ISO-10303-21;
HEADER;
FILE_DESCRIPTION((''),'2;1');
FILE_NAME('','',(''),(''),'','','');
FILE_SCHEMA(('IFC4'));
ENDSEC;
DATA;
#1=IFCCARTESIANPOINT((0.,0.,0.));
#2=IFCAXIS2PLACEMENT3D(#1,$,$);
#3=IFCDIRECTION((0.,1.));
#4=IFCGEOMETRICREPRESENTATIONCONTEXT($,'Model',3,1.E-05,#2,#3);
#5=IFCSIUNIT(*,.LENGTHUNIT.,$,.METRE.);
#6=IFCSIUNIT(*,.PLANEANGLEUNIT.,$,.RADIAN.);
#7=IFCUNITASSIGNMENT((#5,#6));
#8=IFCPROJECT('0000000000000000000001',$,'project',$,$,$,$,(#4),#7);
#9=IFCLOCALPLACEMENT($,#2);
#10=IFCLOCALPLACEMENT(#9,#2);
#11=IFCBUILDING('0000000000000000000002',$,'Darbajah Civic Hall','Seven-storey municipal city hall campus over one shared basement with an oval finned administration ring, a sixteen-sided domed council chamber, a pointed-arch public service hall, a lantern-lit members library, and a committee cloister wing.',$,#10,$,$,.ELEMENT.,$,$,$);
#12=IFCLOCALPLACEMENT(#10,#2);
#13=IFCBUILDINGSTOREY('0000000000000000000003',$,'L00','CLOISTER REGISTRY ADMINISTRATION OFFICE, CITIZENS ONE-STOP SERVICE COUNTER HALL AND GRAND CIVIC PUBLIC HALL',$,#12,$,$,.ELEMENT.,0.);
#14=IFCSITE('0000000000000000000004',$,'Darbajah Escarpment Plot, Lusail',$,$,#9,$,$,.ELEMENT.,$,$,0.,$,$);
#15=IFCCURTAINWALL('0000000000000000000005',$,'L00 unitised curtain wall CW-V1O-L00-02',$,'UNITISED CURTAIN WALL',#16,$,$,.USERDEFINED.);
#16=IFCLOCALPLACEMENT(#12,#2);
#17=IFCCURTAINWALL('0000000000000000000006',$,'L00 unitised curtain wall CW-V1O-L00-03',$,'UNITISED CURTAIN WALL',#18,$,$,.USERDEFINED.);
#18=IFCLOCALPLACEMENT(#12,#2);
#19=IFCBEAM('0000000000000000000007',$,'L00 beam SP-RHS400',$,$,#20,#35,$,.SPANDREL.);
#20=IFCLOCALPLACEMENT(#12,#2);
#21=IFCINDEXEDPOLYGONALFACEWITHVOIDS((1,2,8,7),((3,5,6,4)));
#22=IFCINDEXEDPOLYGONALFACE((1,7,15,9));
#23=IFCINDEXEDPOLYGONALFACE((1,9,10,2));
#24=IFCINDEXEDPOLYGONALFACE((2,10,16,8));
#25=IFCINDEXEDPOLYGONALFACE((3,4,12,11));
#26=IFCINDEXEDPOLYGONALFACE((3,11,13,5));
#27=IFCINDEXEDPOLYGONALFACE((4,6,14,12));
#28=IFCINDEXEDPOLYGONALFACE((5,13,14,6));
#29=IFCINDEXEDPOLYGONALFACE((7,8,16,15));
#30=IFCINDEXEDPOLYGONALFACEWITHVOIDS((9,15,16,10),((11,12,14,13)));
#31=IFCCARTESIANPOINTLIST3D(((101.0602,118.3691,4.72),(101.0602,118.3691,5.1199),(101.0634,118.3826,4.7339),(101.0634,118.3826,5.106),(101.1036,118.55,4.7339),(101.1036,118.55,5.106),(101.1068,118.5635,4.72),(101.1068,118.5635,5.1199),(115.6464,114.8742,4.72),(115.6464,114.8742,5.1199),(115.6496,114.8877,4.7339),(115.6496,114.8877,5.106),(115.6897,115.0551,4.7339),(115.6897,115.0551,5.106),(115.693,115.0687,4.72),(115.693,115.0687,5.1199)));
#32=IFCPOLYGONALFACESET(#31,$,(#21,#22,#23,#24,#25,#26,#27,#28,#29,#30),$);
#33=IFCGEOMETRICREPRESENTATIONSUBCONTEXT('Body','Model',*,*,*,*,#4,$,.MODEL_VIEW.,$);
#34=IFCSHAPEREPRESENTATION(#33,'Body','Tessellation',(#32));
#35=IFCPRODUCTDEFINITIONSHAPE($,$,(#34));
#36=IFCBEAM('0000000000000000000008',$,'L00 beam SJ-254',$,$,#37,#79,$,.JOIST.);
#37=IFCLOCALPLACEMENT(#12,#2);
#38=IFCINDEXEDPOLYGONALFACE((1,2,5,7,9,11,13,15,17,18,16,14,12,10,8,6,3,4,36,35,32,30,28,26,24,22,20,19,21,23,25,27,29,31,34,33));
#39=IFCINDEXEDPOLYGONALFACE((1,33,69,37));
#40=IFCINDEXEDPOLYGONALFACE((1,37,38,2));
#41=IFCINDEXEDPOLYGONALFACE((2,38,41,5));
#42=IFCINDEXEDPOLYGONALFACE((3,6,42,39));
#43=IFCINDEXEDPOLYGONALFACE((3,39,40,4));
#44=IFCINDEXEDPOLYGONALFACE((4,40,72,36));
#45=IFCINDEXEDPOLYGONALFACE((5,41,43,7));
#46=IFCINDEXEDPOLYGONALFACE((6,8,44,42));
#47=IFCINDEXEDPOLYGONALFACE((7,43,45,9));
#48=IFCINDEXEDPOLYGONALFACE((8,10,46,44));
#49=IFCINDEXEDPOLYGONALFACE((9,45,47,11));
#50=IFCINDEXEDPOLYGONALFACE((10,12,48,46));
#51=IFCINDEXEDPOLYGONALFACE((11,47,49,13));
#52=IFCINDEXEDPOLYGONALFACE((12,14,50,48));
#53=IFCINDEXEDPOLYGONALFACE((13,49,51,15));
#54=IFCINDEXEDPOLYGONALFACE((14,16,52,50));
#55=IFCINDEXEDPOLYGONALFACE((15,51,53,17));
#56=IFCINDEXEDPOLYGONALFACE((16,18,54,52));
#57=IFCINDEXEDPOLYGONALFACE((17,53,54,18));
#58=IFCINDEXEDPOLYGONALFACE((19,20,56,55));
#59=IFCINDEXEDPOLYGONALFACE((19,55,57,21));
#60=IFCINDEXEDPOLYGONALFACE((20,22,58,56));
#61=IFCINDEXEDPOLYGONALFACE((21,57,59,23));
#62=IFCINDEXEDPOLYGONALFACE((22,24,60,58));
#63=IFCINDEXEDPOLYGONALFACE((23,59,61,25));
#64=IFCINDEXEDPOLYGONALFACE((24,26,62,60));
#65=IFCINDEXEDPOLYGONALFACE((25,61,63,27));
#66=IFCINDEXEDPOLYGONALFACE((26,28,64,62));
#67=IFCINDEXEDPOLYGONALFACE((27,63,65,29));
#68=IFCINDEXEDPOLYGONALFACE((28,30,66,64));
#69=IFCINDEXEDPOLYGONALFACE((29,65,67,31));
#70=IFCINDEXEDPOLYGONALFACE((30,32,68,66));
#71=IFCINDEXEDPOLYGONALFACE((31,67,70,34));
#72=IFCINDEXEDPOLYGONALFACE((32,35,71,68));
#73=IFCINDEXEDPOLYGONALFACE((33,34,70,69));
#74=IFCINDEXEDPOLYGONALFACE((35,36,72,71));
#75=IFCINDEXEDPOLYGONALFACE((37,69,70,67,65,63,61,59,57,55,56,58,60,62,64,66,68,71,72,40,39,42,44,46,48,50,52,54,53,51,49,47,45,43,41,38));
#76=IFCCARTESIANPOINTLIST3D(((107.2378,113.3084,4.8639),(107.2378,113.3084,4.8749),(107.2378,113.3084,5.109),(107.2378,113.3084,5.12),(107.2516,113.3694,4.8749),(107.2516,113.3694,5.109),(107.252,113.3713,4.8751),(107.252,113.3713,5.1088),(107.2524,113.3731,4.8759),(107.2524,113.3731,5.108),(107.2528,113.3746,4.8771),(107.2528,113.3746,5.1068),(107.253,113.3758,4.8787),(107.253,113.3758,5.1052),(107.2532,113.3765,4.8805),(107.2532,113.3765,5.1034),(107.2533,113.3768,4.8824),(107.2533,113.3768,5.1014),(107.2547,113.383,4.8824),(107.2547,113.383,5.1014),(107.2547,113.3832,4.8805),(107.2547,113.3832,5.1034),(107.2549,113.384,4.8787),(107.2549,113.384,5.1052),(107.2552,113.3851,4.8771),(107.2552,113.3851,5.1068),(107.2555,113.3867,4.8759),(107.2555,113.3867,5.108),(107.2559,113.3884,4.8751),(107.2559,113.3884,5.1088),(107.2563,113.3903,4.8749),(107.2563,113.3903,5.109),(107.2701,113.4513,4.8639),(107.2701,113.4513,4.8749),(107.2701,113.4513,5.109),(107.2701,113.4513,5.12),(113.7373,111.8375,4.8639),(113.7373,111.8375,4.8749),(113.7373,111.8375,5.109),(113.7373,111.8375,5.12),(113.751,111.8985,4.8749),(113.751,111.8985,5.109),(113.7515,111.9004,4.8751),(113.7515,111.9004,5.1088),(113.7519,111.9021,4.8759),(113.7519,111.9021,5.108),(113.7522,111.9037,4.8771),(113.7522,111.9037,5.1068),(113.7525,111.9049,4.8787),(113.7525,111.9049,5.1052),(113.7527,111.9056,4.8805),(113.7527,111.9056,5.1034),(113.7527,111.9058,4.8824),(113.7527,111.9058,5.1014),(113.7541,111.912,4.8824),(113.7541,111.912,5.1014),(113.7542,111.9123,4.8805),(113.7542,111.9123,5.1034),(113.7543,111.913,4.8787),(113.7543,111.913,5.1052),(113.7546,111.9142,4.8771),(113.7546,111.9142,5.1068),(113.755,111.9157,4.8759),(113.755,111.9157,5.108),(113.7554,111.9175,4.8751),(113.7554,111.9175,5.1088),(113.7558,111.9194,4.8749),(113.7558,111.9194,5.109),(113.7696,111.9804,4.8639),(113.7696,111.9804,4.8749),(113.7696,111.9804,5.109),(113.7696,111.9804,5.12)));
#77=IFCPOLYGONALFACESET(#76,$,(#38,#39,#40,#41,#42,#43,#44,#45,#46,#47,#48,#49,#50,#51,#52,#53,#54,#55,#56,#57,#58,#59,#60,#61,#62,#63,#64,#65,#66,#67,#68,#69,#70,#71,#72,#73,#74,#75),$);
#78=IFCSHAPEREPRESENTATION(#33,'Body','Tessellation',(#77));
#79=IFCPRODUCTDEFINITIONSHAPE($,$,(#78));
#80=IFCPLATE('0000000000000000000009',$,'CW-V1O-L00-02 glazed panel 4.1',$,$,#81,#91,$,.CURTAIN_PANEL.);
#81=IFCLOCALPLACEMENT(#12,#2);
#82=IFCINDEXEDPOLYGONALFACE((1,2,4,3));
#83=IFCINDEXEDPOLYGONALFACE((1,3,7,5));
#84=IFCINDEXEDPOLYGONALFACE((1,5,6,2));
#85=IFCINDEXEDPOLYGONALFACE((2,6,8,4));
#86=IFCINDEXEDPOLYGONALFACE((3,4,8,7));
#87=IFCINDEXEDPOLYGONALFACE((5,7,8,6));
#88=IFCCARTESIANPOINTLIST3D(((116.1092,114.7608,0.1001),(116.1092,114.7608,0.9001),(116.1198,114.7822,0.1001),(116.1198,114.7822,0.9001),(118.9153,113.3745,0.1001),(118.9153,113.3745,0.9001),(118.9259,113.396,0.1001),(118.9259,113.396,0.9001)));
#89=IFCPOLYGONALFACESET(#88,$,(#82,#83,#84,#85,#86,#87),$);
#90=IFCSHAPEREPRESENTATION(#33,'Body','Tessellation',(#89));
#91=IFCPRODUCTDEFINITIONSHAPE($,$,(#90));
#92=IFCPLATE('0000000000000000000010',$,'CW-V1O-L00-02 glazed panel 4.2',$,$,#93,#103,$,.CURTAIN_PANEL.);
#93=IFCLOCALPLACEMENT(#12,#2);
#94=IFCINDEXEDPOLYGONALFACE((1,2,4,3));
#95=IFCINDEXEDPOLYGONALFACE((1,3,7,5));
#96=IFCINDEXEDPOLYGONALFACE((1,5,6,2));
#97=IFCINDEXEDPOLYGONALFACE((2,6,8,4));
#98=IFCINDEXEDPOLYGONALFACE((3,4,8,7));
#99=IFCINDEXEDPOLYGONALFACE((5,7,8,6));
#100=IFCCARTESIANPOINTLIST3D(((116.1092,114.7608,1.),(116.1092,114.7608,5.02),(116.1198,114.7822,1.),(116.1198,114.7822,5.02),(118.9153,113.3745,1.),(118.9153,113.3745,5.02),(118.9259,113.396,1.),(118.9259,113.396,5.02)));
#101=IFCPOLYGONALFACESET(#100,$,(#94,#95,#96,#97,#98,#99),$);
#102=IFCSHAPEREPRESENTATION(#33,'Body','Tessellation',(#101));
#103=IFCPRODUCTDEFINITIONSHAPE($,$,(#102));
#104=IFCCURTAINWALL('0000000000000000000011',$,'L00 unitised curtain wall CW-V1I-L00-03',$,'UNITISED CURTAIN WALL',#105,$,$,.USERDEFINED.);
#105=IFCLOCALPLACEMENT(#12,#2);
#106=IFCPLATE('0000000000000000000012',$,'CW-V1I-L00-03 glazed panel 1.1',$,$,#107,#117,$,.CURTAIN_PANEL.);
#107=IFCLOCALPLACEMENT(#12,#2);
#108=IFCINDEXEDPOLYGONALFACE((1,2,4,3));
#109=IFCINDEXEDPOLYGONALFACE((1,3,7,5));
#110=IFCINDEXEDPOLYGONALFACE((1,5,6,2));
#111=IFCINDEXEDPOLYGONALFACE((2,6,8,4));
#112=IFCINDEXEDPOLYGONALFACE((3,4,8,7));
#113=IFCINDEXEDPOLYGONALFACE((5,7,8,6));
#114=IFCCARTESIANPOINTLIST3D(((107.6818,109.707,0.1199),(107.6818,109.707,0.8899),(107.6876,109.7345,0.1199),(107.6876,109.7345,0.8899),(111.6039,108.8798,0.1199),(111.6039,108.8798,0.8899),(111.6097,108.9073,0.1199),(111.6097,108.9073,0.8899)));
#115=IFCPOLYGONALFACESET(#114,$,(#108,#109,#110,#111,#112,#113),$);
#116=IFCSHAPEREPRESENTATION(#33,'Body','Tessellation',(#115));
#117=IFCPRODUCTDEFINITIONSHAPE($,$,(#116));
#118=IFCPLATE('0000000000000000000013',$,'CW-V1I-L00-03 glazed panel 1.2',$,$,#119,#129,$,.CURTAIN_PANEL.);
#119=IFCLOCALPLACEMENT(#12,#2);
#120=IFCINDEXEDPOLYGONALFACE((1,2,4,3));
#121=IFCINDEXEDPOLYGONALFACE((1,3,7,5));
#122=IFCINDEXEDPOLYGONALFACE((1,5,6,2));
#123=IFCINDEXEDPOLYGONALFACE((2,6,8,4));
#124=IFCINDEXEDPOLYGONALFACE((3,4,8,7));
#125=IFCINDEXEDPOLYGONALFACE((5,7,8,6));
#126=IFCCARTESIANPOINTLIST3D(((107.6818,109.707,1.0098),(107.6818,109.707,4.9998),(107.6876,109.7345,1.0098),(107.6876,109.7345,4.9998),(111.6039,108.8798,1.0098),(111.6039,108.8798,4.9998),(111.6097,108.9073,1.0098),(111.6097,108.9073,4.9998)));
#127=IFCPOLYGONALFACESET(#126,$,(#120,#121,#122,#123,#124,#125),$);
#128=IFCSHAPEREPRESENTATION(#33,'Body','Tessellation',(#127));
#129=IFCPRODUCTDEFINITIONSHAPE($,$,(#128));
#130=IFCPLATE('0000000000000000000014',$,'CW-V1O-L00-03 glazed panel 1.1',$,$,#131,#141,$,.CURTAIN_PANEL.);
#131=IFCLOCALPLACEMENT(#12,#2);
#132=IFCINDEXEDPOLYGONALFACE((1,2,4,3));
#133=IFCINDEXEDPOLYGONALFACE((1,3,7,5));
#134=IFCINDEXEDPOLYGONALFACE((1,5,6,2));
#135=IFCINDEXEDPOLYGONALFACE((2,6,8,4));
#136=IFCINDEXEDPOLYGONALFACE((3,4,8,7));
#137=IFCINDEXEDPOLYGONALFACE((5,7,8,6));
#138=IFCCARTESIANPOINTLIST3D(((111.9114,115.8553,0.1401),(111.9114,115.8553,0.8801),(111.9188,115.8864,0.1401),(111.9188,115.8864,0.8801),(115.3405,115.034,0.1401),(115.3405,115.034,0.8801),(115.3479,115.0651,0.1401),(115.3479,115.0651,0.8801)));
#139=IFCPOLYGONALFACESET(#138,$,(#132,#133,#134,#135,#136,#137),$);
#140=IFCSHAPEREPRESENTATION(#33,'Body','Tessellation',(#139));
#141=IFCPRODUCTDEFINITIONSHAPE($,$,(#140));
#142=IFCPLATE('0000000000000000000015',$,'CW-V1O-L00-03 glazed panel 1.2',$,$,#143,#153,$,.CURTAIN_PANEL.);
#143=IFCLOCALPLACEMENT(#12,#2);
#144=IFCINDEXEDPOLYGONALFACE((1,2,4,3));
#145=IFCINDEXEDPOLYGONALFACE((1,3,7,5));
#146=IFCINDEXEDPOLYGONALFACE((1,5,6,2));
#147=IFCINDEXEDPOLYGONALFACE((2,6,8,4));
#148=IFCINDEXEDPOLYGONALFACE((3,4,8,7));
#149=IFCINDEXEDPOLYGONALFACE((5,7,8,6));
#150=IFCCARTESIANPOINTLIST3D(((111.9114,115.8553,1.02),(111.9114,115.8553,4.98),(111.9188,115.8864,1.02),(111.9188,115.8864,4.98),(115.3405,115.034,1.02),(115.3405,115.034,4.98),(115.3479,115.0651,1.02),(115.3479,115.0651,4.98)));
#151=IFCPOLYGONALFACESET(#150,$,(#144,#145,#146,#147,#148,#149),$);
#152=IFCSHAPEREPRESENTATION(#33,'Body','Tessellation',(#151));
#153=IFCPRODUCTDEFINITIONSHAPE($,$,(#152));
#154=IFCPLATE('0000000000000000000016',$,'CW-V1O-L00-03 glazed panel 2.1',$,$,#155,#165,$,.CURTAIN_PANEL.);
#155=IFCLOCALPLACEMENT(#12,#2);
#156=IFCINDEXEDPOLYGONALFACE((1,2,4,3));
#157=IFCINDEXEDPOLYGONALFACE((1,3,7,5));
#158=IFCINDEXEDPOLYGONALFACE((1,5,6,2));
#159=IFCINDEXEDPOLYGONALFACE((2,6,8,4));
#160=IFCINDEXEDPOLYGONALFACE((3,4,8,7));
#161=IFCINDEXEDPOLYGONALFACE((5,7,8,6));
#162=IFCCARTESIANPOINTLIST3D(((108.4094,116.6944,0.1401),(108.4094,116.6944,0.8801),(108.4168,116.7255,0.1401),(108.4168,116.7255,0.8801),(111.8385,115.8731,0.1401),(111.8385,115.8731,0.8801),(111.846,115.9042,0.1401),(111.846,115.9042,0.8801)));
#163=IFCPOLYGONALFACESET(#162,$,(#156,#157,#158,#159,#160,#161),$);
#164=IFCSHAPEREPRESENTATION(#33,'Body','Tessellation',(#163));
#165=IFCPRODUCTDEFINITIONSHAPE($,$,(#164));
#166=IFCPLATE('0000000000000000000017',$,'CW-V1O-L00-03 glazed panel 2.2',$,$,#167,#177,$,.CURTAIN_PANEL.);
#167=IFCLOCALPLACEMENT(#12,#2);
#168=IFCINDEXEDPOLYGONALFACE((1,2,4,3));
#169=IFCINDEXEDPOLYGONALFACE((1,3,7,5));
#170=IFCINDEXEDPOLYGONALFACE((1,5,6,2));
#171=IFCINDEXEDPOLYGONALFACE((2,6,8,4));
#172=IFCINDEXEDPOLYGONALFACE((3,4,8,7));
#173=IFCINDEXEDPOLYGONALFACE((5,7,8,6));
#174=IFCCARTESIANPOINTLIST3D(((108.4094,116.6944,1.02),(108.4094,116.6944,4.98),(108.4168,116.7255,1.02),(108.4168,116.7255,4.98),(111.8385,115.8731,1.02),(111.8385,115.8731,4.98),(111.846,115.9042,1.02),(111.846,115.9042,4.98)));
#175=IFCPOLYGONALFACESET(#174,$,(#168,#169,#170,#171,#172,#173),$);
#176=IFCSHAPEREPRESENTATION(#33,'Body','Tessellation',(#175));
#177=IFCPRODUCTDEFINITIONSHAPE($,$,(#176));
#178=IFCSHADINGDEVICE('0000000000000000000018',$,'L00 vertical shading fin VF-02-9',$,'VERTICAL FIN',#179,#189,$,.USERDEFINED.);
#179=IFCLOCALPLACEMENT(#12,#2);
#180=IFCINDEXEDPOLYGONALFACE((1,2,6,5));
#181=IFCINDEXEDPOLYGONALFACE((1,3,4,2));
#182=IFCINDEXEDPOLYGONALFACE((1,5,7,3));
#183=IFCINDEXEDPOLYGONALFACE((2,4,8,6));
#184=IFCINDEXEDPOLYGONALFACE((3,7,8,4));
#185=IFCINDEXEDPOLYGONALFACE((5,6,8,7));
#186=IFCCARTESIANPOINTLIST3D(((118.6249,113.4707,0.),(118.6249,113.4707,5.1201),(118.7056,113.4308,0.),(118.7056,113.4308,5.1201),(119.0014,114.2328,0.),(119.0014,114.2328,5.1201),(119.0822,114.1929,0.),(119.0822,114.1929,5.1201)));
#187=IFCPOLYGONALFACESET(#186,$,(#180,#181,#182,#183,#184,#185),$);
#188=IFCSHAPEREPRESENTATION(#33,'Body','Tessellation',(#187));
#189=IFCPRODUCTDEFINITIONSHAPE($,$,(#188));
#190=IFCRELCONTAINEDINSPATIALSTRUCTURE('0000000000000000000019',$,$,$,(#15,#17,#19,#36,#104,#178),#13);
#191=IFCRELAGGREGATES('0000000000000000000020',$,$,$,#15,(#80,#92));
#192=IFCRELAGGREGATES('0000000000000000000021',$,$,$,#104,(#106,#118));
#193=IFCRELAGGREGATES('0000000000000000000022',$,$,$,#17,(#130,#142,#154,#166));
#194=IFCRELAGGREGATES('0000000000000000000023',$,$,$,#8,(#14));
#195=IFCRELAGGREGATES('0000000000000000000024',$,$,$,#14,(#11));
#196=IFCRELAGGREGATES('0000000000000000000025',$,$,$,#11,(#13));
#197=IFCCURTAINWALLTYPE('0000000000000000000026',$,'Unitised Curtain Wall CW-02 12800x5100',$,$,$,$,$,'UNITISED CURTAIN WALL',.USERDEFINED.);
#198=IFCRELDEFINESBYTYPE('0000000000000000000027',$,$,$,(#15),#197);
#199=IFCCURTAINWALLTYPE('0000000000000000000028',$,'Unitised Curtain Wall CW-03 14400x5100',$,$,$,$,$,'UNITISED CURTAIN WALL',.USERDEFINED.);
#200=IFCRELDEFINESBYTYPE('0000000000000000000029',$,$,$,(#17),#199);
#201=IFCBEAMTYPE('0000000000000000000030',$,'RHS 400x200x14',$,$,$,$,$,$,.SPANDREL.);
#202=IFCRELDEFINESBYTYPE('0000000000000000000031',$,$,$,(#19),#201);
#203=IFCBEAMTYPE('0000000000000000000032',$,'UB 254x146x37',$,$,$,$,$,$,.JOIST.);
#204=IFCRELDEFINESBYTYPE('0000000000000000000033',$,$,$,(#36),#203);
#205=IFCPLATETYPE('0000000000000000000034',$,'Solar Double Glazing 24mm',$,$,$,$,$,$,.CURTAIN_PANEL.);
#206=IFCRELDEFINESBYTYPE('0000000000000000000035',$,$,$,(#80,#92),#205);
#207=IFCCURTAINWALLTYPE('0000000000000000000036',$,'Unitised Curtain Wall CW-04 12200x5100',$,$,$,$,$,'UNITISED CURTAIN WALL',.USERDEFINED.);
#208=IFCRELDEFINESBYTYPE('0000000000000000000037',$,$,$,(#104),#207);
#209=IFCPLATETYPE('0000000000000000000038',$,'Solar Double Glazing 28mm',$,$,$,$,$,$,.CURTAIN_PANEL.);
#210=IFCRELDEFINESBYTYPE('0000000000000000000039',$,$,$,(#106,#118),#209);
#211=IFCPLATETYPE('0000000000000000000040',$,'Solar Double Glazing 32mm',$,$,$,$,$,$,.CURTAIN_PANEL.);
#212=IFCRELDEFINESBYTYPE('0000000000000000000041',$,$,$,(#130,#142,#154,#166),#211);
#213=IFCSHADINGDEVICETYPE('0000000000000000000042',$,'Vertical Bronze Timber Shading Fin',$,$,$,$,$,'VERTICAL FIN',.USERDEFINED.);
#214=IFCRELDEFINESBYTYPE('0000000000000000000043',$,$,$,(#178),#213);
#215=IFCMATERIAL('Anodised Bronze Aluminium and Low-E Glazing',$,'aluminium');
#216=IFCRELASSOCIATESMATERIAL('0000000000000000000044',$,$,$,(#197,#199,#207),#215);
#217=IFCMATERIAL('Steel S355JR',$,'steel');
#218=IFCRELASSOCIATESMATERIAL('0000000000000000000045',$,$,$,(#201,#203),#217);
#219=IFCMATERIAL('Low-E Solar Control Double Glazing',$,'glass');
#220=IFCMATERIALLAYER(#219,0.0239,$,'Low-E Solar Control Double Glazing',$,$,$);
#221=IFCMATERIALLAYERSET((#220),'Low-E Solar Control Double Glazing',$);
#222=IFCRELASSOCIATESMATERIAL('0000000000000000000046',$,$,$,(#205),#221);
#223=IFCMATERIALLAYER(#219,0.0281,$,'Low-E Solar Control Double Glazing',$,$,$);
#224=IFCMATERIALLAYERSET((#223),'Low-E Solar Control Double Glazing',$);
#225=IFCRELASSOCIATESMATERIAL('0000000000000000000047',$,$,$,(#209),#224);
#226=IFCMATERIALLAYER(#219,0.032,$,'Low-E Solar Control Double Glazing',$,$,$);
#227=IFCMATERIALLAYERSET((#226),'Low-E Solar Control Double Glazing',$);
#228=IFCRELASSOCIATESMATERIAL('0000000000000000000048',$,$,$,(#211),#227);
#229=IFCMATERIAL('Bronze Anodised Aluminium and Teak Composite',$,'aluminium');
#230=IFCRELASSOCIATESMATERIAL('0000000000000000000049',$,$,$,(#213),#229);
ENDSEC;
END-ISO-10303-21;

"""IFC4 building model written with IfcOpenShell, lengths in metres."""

from ifc_helpers import new_model, si_unit, direction, frame, origin, origin_2d, place, context, subcontext, project, spatial, rectangle, hollow_rectangle, i_section, extrude, material, layer, layer_set, material_profile, profile_set, type_object, element, aggregate, save


model = new_model("IFC4")

# Units and contexts
model_context = context("Model", 3, precision=1e-05, world=origin(), true_north=direction((0.0, 1.0)))
body_context = subcontext(model_context, "Body", "Model", "MODEL_VIEW")
ifc_project = project(units=[si_unit("LENGTHUNIT", "METRE"), si_unit("PLANEANGLEUNIT", "RADIAN")], contexts=[model_context])

# Site, building, storey
site_placement = place(None, origin())
site = spatial("IfcSite", under=ifc_project, at=site_placement, Name="Darbajah Escarpment Plot, Lusail", CompositionType="ELEMENT", RefElevation=0.0)
building_placement = place(site_placement, origin())
building = spatial("IfcBuilding", under=site, at=building_placement, Name="Darbajah Civic Hall", Description="Seven-storey municipal city hall campus over one shared basement with an oval finned administration ring, a sixteen-sided domed council chamber, a pointed-arch public service hall, a lantern-lit members library, and a committee cloister wing.", CompositionType="ELEMENT")
storey_placement = place(building_placement, origin())
storey = spatial("IfcBuildingStorey", under=building, at=storey_placement, Name="L00", Description="CLOISTER REGISTRY ADMINISTRATION OFFICE, CITIZENS ONE-STOP SERVICE COUNTER HALL AND GRAND CIVIC PUBLIC HALL", CompositionType="ELEMENT", Elevation=0.0)

# Curtain wall
ifc_material_1 = material(Name="Anodised Bronze Aluminium and Low-E Glazing", Category="aluminium")
curtain_wall_type_1 = type_object("IfcCurtainWallType", Name="Unitised Curtain Wall CW-02 12800x5100", ElementType="UNITISED CURTAIN WALL", PredefinedType="USERDEFINED", material=ifc_material_1)
curtain_wall_1_placement = place(storey_placement, origin())
curtain_wall_1 = element("IfcCurtainWall", 1, at=curtain_wall_1_placement, inside=storey, type_object=curtain_wall_type_1, Name="L00 unitised curtain wall CW-V1O-L00-02", ObjectType="UNITISED CURTAIN WALL", PredefinedType="USERDEFINED")

# Curtain wall
curtain_wall_type_2 = type_object("IfcCurtainWallType", Name="Unitised Curtain Wall CW-03 14400x5100", ElementType="UNITISED CURTAIN WALL", PredefinedType="USERDEFINED", material=ifc_material_1)
curtain_wall_2_placement = place(storey_placement, origin())
curtain_wall_2 = element("IfcCurtainWall", 2, at=curtain_wall_2_placement, inside=storey, type_object=curtain_wall_type_2, Name="L00 unitised curtain wall CW-V1O-L00-03", ObjectType="UNITISED CURTAIN WALL", PredefinedType="USERDEFINED")

# Beams
ifc_material_2 = material(Name="Steel S355JR", Category="steel")
ifc_material_profile_1 = material_profile(ifc_material_2, hollow_rectangle(XDim=0.2, YDim=0.3999, WallThickness=0.0139, at=origin_2d()), Name="RHS 400x200x14")
ifc_profile_set_1 = profile_set([ifc_material_profile_1], Name="Steel S355JR")
beam_type_1 = type_object("IfcBeamType", Name="RHS 400x200x14", PredefinedType="SPANDREL", material=ifc_profile_set_1)
beam_1_placement = place(storey_placement, frame((115.6697, 114.9714, 4.9199), z_axis=(-0.972475, 0.233007, 0.0), x_axis=(-0.233007, -0.972475, 0.0)))
element("IfcBeam", 3, at=beam_1_placement, inside=storey, type_object=beam_type_1, Name="L00 beam SP-RHS400", PredefinedType="SPANDREL", context=body_context, shape_type="SweptSolid", body=[
    extrude(hollow_rectangle(XDim=0.2, YDim=0.3999, WallThickness=0.0139, at=origin_2d()), origin(), (0.0, 0.0, 1.0), 14.999),
])
ifc_material_profile_2 = material_profile(ifc_material_2, i_section(OverallWidth=0.1465, OverallDepth=0.2561, WebThickness=0.0063, FlangeThickness=0.011, FilletRadius=0.0076, at=origin_2d()), Name="UB 254x146x37")
ifc_profile_set_2 = profile_set([ifc_material_profile_2], Name="Steel S355JR")
beam_type_2 = type_object("IfcBeamType", Name="UB 254x146x37", PredefinedType="JOIST", material=ifc_profile_set_2)
beam_2_placement = place(storey_placement, frame((113.7534, 111.9089, 4.9919), z_axis=(-0.975334, 0.220734, 0.0), x_axis=(-0.220734, -0.975334, 0.0)))
element("IfcBeam", 4, at=beam_2_placement, inside=storey, type_object=beam_type_2, Name="L00 beam SJ-254", PredefinedType="JOIST", context=body_context, shape_type="SweptSolid", body=[
    extrude(i_section(OverallWidth=0.1465, OverallDepth=0.2561, WebThickness=0.0063, FlangeThickness=0.011, FilletRadius=0.0076, at=origin_2d()), origin(), (0.0, 0.0, 1.0), 6.6638),
])

# Plates
ifc_material_3 = material(Name="Low-E Solar Control Double Glazing", Category="glass")
ifc_layer_1 = layer(ifc_material_3, 0.0239, Name="Low-E Solar Control Double Glazing")
ifc_layer_set_1 = layer_set([ifc_layer_1], Name="Low-E Solar Control Double Glazing")
plate_type_1 = type_object("IfcPlateType", Name="Solar Double Glazing 24mm", PredefinedType="CURTAIN_PANEL", material=ifc_layer_set_1)
plate_1_placement = place(storey_placement, frame((117.5176, 114.0784, 0.1001), z_axis=(0.0, 0.0, 1.0), x_axis=(-0.896564, 0.442915, 0.0)))
plate_1 = element("IfcPlate", 5, at=plate_1_placement, type_object=plate_type_1, Name="CW-V1O-L00-02 glazed panel 4.1", PredefinedType="CURTAIN_PANEL", context=body_context, shape_type="SweptSolid", body=[
    extrude(rectangle(XDim=3.1299, YDim=0.0239, at=origin_2d()), origin(), (0.0, 0.0, 1.0), 0.8),
])
plate_2_placement = place(storey_placement, frame((117.5176, 114.0784, 1.0), z_axis=(0.0, 0.0, 1.0), x_axis=(-0.896564, 0.442915, 0.0)))
plate_2 = element("IfcPlate", 6, at=plate_2_placement, type_object=plate_type_1, Name="CW-V1O-L00-02 glazed panel 4.2", PredefinedType="CURTAIN_PANEL", context=body_context, shape_type="SweptSolid", body=[
    extrude(rectangle(XDim=3.1299, YDim=0.0239, at=origin_2d()), origin(), (0.0, 0.0, 1.0), 4.02),
])
aggregate(curtain_wall_1, [plate_1, plate_2])

# Curtain wall, plates
curtain_wall_type_3 = type_object("IfcCurtainWallType", Name="Unitised Curtain Wall CW-04 12200x5100", ElementType="UNITISED CURTAIN WALL", PredefinedType="USERDEFINED", material=ifc_material_1)
curtain_wall_3_placement = place(storey_placement, origin())
curtain_wall_3 = element("IfcCurtainWall", 7, at=curtain_wall_3_placement, inside=storey, type_object=curtain_wall_type_3, Name="L00 unitised curtain wall CW-V1I-L00-03", ObjectType="UNITISED CURTAIN WALL", PredefinedType="USERDEFINED")
ifc_layer_2 = layer(ifc_material_3, 0.0281, Name="Low-E Solar Control Double Glazing")
ifc_layer_set_2 = layer_set([ifc_layer_2], Name="Low-E Solar Control Double Glazing")
plate_type_2 = type_object("IfcPlateType", Name="Solar Double Glazing 28mm", PredefinedType="CURTAIN_PANEL", material=ifc_layer_set_2)
plate_3_placement = place(storey_placement, frame((109.6458, 109.3071, 0.1199), z_axis=(0.0, 0.0, 1.0), x_axis=(-0.978473, 0.206375, 0.0)))
plate_3 = element("IfcPlate", 8, at=plate_3_placement, type_object=plate_type_2, Name="CW-V1I-L00-03 glazed panel 1.1", PredefinedType="CURTAIN_PANEL", context=body_context, shape_type="SweptSolid", body=[
    extrude(rectangle(XDim=4.0083, YDim=0.0281, at=origin_2d()), origin(), (0.0, 0.0, 1.0), 0.77),
])
plate_4_placement = place(storey_placement, frame((109.6458, 109.3071, 1.0098), z_axis=(0.0, 0.0, 1.0), x_axis=(-0.978473, 0.206375, 0.0)))
plate_4 = element("IfcPlate", 9, at=plate_4_placement, type_object=plate_type_2, Name="CW-V1I-L00-03 glazed panel 1.2", PredefinedType="CURTAIN_PANEL", context=body_context, shape_type="SweptSolid", body=[
    extrude(rectangle(XDim=4.0083, YDim=0.0281, at=origin_2d()), origin(), (0.0, 0.0, 1.0), 3.99),
])
aggregate(curtain_wall_3, [plate_3, plate_4])

# Plates
ifc_layer_3 = layer(ifc_material_3, 0.032, Name="Low-E Solar Control Double Glazing")
ifc_layer_set_3 = layer_set([ifc_layer_3], Name="Low-E Solar Control Double Glazing")
plate_type_3 = type_object("IfcPlateType", Name="Solar Double Glazing 32mm", PredefinedType="CURTAIN_PANEL", material=ifc_layer_set_3)
plate_5_placement = place(storey_placement, frame((113.6296, 115.4602, 0.1401), z_axis=(0.0, 0.0, 1.0), x_axis=(-0.972492, 0.232936, 0.0)))
plate_5 = element("IfcPlate", 10, at=plate_5_placement, type_object=plate_type_3, Name="CW-V1O-L00-03 glazed panel 1.1", PredefinedType="CURTAIN_PANEL", context=body_context, shape_type="SweptSolid", body=[
    extrude(rectangle(XDim=3.5261, YDim=0.032, at=origin_2d()), origin(), (0.0, 0.0, 1.0), 0.74),
])
plate_6_placement = place(storey_placement, frame((113.6296, 115.4602, 1.02), z_axis=(0.0, 0.0, 1.0), x_axis=(-0.972492, 0.232936, 0.0)))
plate_6 = element("IfcPlate", 11, at=plate_6_placement, type_object=plate_type_3, Name="CW-V1O-L00-03 glazed panel 1.2", PredefinedType="CURTAIN_PANEL", context=body_context, shape_type="SweptSolid", body=[
    extrude(rectangle(XDim=3.5261, YDim=0.032, at=origin_2d()), origin(), (0.0, 0.0, 1.0), 3.96),
])
plate_7_placement = place(storey_placement, frame((110.1277, 116.2993, 0.1401), z_axis=(0.0, 0.0, 1.0), x_axis=(-0.972492, 0.232936, 0.0)))
plate_7 = element("IfcPlate", 12, at=plate_7_placement, type_object=plate_type_3, Name="CW-V1O-L00-03 glazed panel 2.1", PredefinedType="CURTAIN_PANEL", context=body_context, shape_type="SweptSolid", body=[
    extrude(rectangle(XDim=3.5261, YDim=0.032, at=origin_2d()), origin(), (0.0, 0.0, 1.0), 0.74),
])
plate_8_placement = place(storey_placement, frame((110.1277, 116.2993, 1.02), z_axis=(0.0, 0.0, 1.0), x_axis=(-0.972492, 0.232936, 0.0)))
plate_8 = element("IfcPlate", 13, at=plate_8_placement, type_object=plate_type_3, Name="CW-V1O-L00-03 glazed panel 2.2", PredefinedType="CURTAIN_PANEL", context=body_context, shape_type="SweptSolid", body=[
    extrude(rectangle(XDim=3.5261, YDim=0.032, at=origin_2d()), origin(), (0.0, 0.0, 1.0), 3.96),
])
aggregate(curtain_wall_2, [plate_5, plate_6, plate_7, plate_8])

# Shading device
ifc_material_4 = material(Name="Bronze Anodised Aluminium and Teak Composite", Category="aluminium")
shading_device_type = type_object("IfcShadingDeviceType", Name="Vertical Bronze Timber Shading Fin", ElementType="VERTICAL FIN", PredefinedType="USERDEFINED", material=ifc_material_4)
for number, where, z_axis, x_axis, name in (
    (14, (118.8535, 113.8318, 0.0), (0.0, 0.0, 1.0), (0.442915, 0.896564, 0.0), "L00 vertical shading fin VF-02-9"),
):
    element("IfcShadingDevice", number, at=place(storey_placement, frame(where, z_axis=z_axis, x_axis=x_axis)), inside=storey, type_object=shading_device_type, Name=name, ObjectType="VERTICAL FIN", PredefinedType="USERDEFINED", context=body_context, shape_type="SweptSolid", body=[
        extrude(rectangle(XDim=0.8501, YDim=0.0901, at=origin_2d()), origin(), (0.0, 0.0, 1.0), 5.1201),
    ])

save(model, "model.ifc")
